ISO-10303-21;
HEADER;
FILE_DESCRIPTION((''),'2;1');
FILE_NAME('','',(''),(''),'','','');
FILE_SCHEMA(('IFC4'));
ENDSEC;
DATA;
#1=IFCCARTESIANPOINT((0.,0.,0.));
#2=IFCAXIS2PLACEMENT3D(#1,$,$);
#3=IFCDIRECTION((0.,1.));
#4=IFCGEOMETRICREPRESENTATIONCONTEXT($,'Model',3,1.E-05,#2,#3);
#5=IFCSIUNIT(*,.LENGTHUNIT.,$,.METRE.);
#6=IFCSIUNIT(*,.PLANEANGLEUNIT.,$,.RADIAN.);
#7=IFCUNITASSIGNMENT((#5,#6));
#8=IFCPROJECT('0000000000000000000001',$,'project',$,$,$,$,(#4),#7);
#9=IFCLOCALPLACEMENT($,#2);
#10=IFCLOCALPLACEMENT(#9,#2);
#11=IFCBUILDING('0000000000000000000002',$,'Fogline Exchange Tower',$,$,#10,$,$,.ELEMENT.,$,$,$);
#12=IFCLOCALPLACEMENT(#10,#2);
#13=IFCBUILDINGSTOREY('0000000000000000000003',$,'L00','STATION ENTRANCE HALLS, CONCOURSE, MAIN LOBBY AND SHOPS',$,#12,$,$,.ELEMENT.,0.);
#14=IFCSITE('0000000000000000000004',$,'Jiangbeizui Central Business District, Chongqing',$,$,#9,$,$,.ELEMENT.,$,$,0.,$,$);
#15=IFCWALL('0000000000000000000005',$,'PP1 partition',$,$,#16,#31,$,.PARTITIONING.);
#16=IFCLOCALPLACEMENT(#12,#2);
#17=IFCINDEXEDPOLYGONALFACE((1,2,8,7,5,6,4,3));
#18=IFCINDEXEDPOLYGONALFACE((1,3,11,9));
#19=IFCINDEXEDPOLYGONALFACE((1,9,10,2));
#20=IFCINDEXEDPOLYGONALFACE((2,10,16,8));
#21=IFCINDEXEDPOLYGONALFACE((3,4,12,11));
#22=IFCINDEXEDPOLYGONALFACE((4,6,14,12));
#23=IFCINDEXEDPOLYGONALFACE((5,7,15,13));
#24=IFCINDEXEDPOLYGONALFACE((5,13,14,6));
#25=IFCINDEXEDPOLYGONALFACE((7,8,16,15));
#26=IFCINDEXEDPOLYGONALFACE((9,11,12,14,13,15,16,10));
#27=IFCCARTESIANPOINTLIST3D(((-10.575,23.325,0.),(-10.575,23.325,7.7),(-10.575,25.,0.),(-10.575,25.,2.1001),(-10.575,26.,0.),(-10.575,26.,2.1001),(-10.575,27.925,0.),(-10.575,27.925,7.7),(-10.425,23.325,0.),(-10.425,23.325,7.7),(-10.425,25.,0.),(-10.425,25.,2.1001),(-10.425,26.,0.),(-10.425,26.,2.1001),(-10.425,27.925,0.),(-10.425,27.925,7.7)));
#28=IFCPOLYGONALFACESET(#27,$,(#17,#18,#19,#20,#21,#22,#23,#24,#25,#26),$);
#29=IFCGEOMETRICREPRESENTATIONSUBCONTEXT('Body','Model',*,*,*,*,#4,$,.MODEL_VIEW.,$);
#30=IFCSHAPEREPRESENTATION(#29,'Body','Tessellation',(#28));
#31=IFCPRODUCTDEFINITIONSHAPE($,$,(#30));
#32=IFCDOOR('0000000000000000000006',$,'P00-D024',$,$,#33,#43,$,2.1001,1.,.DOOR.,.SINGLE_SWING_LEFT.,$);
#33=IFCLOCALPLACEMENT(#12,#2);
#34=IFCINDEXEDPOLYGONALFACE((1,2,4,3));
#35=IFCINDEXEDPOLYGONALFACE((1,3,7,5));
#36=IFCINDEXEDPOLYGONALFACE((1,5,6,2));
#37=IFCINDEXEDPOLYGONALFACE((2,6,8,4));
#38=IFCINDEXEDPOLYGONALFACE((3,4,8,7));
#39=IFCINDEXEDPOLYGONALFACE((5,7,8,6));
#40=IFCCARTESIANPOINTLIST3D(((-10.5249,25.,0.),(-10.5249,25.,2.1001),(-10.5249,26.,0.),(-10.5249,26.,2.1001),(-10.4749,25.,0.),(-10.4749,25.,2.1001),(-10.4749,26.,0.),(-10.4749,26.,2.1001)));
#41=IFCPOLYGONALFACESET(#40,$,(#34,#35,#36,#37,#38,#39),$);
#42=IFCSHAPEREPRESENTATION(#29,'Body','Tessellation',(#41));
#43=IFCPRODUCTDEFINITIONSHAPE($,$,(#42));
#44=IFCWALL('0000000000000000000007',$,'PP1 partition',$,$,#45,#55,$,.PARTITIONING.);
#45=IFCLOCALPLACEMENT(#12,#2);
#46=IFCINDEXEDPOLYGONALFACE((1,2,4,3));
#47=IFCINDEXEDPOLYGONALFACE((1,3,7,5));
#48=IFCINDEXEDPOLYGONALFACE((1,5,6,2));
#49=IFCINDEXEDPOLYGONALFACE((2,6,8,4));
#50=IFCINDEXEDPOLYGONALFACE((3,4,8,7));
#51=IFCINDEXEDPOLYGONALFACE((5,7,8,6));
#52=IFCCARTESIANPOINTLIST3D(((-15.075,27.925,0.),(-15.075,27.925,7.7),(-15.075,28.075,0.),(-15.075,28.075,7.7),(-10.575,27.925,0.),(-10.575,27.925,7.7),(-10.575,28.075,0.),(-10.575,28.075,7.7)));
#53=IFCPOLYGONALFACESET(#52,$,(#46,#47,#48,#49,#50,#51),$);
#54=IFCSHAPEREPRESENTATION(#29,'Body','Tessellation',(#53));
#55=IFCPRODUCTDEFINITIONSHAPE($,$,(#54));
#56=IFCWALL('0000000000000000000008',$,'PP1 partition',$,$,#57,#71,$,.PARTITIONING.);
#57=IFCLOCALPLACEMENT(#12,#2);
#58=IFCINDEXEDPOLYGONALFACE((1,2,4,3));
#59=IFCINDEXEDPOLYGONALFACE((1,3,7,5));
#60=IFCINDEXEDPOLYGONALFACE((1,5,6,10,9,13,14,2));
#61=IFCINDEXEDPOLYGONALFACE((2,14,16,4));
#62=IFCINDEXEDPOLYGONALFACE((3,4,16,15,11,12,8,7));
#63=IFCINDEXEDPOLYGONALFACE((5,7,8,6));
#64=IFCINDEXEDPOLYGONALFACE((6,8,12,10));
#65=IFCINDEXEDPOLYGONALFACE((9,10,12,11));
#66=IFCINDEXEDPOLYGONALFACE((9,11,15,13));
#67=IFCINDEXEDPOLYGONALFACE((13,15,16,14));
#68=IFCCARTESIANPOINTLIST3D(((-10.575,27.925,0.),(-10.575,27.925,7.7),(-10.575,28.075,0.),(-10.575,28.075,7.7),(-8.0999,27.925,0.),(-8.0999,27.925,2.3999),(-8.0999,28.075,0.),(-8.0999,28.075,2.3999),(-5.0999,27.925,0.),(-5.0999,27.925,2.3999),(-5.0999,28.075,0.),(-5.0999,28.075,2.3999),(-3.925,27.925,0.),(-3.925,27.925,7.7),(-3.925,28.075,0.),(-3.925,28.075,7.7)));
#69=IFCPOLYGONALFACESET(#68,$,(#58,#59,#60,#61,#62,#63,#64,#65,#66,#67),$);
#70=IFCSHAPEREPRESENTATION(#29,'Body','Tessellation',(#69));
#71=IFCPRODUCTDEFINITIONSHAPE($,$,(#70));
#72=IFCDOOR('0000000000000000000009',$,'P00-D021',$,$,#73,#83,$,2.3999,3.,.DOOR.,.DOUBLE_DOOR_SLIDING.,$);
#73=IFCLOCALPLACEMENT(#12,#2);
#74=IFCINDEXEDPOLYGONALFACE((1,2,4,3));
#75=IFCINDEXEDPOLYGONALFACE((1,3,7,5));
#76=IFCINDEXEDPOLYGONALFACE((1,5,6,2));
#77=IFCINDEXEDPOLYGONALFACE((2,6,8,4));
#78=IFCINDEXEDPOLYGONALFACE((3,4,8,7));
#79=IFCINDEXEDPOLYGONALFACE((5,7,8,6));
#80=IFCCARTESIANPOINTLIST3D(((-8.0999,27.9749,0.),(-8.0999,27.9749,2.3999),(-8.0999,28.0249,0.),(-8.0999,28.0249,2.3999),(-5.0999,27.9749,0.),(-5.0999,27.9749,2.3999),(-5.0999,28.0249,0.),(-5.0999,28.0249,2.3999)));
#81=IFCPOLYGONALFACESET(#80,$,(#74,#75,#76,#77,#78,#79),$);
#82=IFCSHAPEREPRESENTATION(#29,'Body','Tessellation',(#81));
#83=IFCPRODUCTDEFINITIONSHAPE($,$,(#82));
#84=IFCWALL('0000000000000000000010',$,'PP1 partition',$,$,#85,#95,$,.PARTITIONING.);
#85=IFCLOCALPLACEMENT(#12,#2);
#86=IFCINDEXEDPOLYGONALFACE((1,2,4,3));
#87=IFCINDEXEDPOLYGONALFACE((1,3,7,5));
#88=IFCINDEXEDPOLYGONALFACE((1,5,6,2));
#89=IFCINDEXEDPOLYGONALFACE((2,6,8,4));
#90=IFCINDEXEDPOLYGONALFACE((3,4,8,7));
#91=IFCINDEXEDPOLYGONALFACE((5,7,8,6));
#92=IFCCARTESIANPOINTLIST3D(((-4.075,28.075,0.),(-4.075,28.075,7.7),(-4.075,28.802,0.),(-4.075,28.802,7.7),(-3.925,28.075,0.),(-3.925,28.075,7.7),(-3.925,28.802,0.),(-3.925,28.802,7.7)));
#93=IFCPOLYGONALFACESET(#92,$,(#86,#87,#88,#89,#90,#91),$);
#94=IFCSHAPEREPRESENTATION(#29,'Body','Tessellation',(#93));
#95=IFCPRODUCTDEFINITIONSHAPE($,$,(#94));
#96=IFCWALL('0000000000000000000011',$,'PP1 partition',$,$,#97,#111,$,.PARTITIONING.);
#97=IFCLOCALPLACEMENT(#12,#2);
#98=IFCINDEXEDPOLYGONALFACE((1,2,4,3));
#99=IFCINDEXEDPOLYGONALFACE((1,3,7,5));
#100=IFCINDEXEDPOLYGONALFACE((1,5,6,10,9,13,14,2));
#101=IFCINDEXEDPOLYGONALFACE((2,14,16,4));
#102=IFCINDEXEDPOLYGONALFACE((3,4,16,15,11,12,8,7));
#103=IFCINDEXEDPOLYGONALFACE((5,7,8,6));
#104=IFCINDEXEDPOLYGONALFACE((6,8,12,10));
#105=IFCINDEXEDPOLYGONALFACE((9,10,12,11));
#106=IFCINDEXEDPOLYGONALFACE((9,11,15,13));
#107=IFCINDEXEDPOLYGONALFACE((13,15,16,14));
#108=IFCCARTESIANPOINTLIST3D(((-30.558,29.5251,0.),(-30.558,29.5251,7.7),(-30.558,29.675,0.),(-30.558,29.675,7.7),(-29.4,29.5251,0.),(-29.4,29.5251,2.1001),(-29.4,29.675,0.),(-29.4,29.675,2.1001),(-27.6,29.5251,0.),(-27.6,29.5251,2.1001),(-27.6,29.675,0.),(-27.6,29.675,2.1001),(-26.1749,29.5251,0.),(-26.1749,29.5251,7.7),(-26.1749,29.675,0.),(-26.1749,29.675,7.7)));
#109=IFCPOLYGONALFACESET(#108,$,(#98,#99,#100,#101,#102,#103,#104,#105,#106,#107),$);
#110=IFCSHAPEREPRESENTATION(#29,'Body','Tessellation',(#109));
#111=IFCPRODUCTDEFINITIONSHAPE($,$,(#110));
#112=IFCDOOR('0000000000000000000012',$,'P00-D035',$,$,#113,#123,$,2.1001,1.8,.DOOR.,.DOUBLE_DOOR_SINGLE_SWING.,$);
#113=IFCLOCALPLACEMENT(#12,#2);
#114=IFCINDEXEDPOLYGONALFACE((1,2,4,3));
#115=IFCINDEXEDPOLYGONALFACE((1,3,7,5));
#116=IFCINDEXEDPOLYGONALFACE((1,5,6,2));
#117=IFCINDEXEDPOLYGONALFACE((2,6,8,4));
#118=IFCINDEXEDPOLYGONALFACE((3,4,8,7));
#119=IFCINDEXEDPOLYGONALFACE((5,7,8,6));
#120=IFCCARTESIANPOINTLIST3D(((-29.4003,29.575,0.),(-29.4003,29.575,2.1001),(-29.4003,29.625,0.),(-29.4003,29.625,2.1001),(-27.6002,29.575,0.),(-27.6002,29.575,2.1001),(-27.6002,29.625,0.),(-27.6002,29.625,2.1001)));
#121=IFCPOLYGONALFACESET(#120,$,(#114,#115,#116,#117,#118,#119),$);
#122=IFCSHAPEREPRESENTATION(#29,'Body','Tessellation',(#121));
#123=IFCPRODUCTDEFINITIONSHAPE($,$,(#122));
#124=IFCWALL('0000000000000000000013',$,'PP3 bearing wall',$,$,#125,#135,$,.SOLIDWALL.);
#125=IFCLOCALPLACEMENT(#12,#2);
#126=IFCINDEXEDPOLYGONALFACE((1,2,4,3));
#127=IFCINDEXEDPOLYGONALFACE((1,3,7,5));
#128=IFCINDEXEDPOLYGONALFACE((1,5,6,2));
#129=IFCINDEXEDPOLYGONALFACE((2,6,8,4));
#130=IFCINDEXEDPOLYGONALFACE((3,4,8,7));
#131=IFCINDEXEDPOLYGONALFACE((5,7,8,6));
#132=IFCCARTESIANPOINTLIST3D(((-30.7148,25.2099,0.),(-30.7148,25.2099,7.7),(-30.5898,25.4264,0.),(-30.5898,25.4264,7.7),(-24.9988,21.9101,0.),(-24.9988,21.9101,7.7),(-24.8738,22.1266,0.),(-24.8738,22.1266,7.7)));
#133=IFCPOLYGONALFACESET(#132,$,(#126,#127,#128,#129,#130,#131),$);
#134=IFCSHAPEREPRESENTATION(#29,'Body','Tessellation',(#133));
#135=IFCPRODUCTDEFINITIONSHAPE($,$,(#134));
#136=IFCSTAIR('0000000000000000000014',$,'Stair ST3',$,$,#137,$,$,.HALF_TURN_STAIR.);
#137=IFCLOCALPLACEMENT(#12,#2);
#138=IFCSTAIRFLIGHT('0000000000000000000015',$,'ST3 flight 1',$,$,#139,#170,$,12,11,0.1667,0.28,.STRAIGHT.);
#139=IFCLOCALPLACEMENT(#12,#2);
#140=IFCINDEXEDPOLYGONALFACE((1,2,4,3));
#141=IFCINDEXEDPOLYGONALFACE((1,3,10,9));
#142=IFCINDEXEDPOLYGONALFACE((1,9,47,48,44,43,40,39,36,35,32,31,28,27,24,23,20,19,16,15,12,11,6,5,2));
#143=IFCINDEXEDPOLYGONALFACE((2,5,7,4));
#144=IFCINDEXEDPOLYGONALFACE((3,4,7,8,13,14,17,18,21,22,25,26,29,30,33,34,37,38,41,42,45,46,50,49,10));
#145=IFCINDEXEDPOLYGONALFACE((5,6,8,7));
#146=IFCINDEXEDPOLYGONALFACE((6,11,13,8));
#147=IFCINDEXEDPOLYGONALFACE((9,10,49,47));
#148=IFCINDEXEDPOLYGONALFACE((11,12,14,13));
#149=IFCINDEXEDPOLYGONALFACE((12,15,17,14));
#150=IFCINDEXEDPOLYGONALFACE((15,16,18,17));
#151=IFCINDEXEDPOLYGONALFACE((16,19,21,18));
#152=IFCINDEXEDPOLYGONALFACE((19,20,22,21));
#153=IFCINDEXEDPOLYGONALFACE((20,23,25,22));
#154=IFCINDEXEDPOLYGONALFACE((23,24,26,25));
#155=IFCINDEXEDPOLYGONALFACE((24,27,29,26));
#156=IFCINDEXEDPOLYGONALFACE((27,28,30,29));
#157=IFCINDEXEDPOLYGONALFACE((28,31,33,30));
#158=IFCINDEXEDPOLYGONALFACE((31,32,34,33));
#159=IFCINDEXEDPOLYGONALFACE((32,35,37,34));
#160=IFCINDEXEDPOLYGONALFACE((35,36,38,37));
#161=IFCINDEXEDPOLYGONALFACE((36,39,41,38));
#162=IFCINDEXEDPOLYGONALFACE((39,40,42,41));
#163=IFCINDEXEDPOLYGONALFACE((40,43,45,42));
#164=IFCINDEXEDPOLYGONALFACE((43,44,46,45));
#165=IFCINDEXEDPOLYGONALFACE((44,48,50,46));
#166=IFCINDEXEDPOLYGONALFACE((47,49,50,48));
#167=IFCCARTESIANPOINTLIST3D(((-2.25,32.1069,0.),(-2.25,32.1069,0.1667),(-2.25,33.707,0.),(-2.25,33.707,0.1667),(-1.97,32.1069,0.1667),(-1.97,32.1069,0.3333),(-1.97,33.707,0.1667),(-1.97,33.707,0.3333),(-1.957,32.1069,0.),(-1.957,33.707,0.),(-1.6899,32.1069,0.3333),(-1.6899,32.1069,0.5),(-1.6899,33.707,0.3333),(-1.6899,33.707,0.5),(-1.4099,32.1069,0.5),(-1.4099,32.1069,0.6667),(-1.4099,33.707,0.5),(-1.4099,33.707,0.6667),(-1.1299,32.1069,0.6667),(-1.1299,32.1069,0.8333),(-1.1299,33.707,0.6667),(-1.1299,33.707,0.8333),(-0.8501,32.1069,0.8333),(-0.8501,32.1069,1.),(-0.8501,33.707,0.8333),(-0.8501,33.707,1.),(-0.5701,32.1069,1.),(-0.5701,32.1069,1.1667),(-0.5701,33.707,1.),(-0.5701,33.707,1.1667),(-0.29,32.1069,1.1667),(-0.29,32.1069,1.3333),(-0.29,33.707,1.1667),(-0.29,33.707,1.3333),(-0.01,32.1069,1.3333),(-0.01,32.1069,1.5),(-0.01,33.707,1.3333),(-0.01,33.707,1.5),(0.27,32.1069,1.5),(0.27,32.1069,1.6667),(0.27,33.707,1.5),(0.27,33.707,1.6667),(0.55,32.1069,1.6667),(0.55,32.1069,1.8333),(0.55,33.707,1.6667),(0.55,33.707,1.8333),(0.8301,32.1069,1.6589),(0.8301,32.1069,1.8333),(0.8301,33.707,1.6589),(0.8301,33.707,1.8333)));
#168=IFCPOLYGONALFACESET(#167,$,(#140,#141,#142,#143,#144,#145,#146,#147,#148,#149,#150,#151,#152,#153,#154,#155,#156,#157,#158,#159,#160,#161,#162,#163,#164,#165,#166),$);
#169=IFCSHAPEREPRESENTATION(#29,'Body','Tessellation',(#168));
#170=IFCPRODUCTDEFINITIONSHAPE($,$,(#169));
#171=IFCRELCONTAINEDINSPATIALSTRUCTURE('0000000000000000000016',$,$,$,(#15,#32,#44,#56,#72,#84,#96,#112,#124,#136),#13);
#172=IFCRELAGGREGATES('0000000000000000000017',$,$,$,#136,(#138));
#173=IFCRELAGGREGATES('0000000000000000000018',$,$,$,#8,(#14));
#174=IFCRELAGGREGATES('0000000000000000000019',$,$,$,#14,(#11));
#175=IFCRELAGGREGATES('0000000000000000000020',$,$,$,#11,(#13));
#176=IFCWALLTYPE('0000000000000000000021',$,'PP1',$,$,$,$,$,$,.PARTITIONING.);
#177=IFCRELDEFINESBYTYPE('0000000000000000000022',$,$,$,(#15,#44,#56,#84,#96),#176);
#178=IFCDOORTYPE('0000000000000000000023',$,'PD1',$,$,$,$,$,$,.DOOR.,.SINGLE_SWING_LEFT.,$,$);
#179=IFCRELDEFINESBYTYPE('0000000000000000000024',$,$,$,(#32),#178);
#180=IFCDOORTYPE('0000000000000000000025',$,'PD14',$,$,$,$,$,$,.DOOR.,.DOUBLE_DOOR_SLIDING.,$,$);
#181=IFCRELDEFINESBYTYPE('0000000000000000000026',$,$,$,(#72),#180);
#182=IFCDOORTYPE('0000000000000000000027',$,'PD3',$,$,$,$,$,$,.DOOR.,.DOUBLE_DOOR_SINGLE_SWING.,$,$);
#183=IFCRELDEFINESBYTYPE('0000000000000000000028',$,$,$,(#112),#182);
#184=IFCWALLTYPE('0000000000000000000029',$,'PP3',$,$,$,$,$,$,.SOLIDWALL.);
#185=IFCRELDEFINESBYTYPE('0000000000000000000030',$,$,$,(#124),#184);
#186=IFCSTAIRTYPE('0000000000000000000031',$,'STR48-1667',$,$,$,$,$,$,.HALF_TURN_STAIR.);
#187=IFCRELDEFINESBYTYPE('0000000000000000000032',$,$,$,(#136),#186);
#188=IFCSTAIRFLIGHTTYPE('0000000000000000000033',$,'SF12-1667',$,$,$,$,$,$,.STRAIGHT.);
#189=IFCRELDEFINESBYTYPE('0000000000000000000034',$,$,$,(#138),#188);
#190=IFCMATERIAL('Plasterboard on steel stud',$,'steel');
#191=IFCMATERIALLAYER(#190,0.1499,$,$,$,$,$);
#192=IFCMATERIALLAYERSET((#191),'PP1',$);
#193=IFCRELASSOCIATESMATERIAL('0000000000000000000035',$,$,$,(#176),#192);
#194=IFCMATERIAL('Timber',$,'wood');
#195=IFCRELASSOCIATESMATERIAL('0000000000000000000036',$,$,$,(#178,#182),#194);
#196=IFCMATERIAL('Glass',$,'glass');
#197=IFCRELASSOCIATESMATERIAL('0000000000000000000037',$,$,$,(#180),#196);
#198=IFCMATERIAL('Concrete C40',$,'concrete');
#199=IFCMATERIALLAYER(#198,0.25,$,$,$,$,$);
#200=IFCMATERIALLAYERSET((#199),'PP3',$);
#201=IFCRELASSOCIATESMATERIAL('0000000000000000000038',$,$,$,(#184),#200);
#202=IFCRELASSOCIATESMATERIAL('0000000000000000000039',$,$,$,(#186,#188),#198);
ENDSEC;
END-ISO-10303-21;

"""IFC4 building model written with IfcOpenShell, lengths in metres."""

from ifc_helpers import new_model, si_unit, direction, frame, frame_2d, origin, place, context, subcontext, project, spatial, polyline, rectangle, outline, extrude, material, layer, layer_set, type_object, element, fill, aggregate, save


model = new_model("IFC4")

# Units and contexts
model_context = context("Model", 3, precision=1e-05, world=origin(), true_north=direction((0.0, 1.0)))
body_context = subcontext(model_context, "Body", "Model", "MODEL_VIEW")
ifc_project = project(units=[si_unit("LENGTHUNIT", "METRE"), si_unit("PLANEANGLEUNIT", "RADIAN")], contexts=[model_context])

# Site, building, storey
site_placement = place(None, origin())
site = spatial("IfcSite", under=ifc_project, at=site_placement, Name="Jiangbeizui Central Business District, Chongqing", CompositionType="ELEMENT", RefElevation=0.0)
building_placement = place(site_placement, origin())
building = spatial("IfcBuilding", under=site, at=building_placement, Name="Fogline Exchange Tower", CompositionType="ELEMENT")
storey_placement = place(building_placement, origin())
storey = spatial("IfcBuildingStorey", under=building, at=storey_placement, Name="L00", Description="STATION ENTRANCE HALLS, CONCOURSE, MAIN LOBBY AND SHOPS", CompositionType="ELEMENT", Elevation=0.0)

# Shared definitions
ifc_material_1 = material(Name="Concrete C40", Category="concrete")

# Wall, opening, door
ifc_material_2 = material(Name="Plasterboard on steel stud", Category="steel")
ifc_layer_1 = layer(ifc_material_2, 0.1499)
ifc_layer_set_1 = layer_set([ifc_layer_1], Name="PP1")
wall_type_1 = type_object("IfcWallType", Name="PP1", PredefinedType="PARTITIONING", material=ifc_layer_set_1)
wall_1_placement = place(storey_placement, frame((-10.5, 27.925, 0.0), z_axis=(0.0, 0.0, 1.0), x_axis=(0.0, -1.0, 0.0)))
wall_1 = element("IfcWall", 1, at=wall_1_placement, inside=storey, type_object=wall_type_1, Name="PP1 partition", PredefinedType="PARTITIONING", context=body_context, shape_type="SweptSolid", body=[
    extrude(rectangle(XDim=4.6001, YDim=0.1499, at=frame_2d((2.3, 0.0))), origin(), (0.0, 0.0, 1.0), 7.7),
])
opening_1_placement = place(wall_1_placement, frame((1.925, 0.0, 0.0)))
opening_1 = element("IfcOpeningElement", 2, at=opening_1_placement, cuts=wall_1, PredefinedType="OPENING", context=body_context, shape_type="SweptSolid", body=[
    extrude(rectangle(XDim=1.0, YDim=2.1001, at=frame_2d((0.5, 1.05))), frame((0.0, 0.085, 0.0), z_axis=(0.0, -1.0, 0.0), x_axis=(1.0, 0.0, 0.0)), (0.0, 0.0, 1.0), 0.1699),
])
ifc_material_3 = material(Name="Timber", Category="wood")
door_type_1 = type_object("IfcDoorType", Name="PD1", OperationType="SINGLE_SWING_LEFT", PredefinedType="DOOR", material=ifc_material_3)
door_1_placement = place(opening_1_placement, frame((1.0, 0.0, 0.0), z_axis=(0.0, 0.0, 1.0), x_axis=(-1.0, 0.0, 0.0)))
door_1 = element("IfcDoor", 3, at=door_1_placement, inside=storey, type_object=door_type_1, Name="P00-D024", OperationType="SINGLE_SWING_LEFT", OverallHeight=2.1001, OverallWidth=1.0, PredefinedType="DOOR", context=body_context, shape_type="SweptSolid", body=[
    extrude(rectangle(XDim=1.0, YDim=2.1001, at=frame_2d((0.5, 1.05))), frame((0.0, 0.0249, 0.0), z_axis=(0.0, -1.0, 0.0), x_axis=(1.0, 0.0, 0.0)), (0.0, 0.0, 1.0), 0.05),
])
fill(opening_1, door_1)

# Wall
wall_2_placement = place(storey_placement, frame((-15.075, 28.0, 0.0), z_axis=(0.0, 0.0, 1.0), x_axis=(1.0, 0.0, 0.0)))
element("IfcWall", 4, at=wall_2_placement, inside=storey, type_object=wall_type_1, Name="PP1 partition", PredefinedType="PARTITIONING", context=body_context, shape_type="SweptSolid", body=[
    extrude(rectangle(XDim=4.5, YDim=0.1499, at=frame_2d((2.25, 0.0))), origin(), (0.0, 0.0, 1.0), 7.7),
])

# Wall, opening, door
wall_3_placement = place(storey_placement, frame((-10.575, 28.0, 0.0), z_axis=(0.0, 0.0, 1.0), x_axis=(1.0, 0.0, 0.0)))
wall_3 = element("IfcWall", 5, at=wall_3_placement, inside=storey, type_object=wall_type_1, Name="PP1 partition", PredefinedType="PARTITIONING", context=body_context, shape_type="SweptSolid", body=[
    extrude(rectangle(XDim=6.6499, YDim=0.1499, at=frame_2d((3.325, 0.0))), origin(), (0.0, 0.0, 1.0), 7.7),
])
opening_2_placement = place(wall_3_placement, frame((2.4751, 0.0, 0.0)))
opening_2 = element("IfcOpeningElement", 6, at=opening_2_placement, cuts=wall_3, PredefinedType="OPENING", context=body_context, shape_type="SweptSolid", body=[
    extrude(rectangle(XDim=3.0, YDim=2.3999, at=frame_2d((1.5, 1.2))), frame((0.0, 0.085, 0.0), z_axis=(0.0, -1.0, 0.0), x_axis=(1.0, 0.0, 0.0)), (0.0, 0.0, 1.0), 0.1699),
])
ifc_material_4 = material(Name="Glass", Category="glass")
door_type_2 = type_object("IfcDoorType", Name="PD14", OperationType="DOUBLE_DOOR_SLIDING", PredefinedType="DOOR", material=ifc_material_4)
door_2_placement = place(opening_2_placement, origin())
door_2 = element("IfcDoor", 7, at=door_2_placement, inside=storey, type_object=door_type_2, Name="P00-D021", OperationType="DOUBLE_DOOR_SLIDING", OverallHeight=2.3999, OverallWidth=3.0, PredefinedType="DOOR", context=body_context, shape_type="SweptSolid", body=[
    extrude(rectangle(XDim=3.0, YDim=2.3999, at=frame_2d((1.5, 1.2))), frame((0.0, 0.0249, 0.0), z_axis=(0.0, -1.0, 0.0), x_axis=(1.0, 0.0, 0.0)), (0.0, 0.0, 1.0), 0.05),
])
fill(opening_2, door_2)

# Wall
wall_4_placement = place(storey_placement, frame((-4.0, 28.075, 0.0), z_axis=(0.0, 0.0, 1.0), x_axis=(0.0, 1.0, 0.0)))
element("IfcWall", 8, at=wall_4_placement, inside=storey, type_object=wall_type_1, Name="PP1 partition", PredefinedType="PARTITIONING", context=body_context, shape_type="SweptSolid", body=[
    extrude(rectangle(XDim=0.7271, YDim=0.1499, at=frame_2d((0.3635, 0.0))), origin(), (0.0, 0.0, 1.0), 7.7),
])

# Wall, opening, door
wall_5_placement = place(storey_placement, frame((-26.175, 29.6001, 0.0), z_axis=(0.0, 0.0, 1.0), x_axis=(-1.0, 0.0, 0.0)))
wall_5 = element("IfcWall", 9, at=wall_5_placement, inside=storey, type_object=wall_type_1, Name="PP1 partition", PredefinedType="PARTITIONING", context=body_context, shape_type="SweptSolid", body=[
    extrude(rectangle(XDim=4.3831, YDim=0.1499, at=frame_2d((2.1914, 0.0))), origin(), (0.0, 0.0, 1.0), 7.7),
])
opening_3_placement = place(wall_5_placement, frame((1.425, 0.0, 0.0)))
opening_3 = element("IfcOpeningElement", 10, at=opening_3_placement, cuts=wall_5, PredefinedType="OPENING", context=body_context, shape_type="SweptSolid", body=[
    extrude(rectangle(XDim=1.8, YDim=2.1001, at=frame_2d((0.8999, 1.05))), frame((0.0, 0.085, 0.0), z_axis=(0.0, -1.0, 0.0), x_axis=(1.0, 0.0, 0.0)), (0.0, 0.0, 1.0), 0.1699),
])
door_type_3 = type_object("IfcDoorType", Name="PD3", OperationType="DOUBLE_DOOR_SINGLE_SWING", PredefinedType="DOOR", material=ifc_material_3)
door_3_placement = place(opening_3_placement, frame((1.8, 0.0, 0.0), z_axis=(0.0, 0.0, 1.0), x_axis=(-1.0, 0.0, 0.0)))
door_3 = element("IfcDoor", 11, at=door_3_placement, inside=storey, type_object=door_type_3, Name="P00-D035", OperationType="DOUBLE_DOOR_SINGLE_SWING", OverallHeight=2.1001, OverallWidth=1.8, PredefinedType="DOOR", context=body_context, shape_type="SweptSolid", body=[
    extrude(rectangle(XDim=1.8, YDim=2.1001, at=frame_2d((0.8999, 1.05))), frame((0.0, 0.0249, 0.0), z_axis=(0.0, -1.0, 0.0), x_axis=(1.0, 0.0, 0.0)), (0.0, 0.0, 1.0), 0.05),
])
fill(opening_3, door_3)

# Wall
ifc_layer_2 = layer(ifc_material_1, 0.25)
ifc_layer_set_2 = layer_set([ifc_layer_2], Name="PP3")
wall_type_2 = type_object("IfcWallType", Name="PP3", PredefinedType="SOLIDWALL", material=ifc_layer_set_2)
wall_6_placement = place(storey_placement, frame((-30.6523, 25.3181, 0.0), z_axis=(0.0, 0.0, 1.0), x_axis=(0.866049, -0.499958, 0.0)))
element("IfcWall", 12, at=wall_6_placement, inside=storey, type_object=wall_type_2, Name="PP3 bearing wall", PredefinedType="SOLIDWALL", context=body_context, shape_type="SweptSolid", body=[
    extrude(rectangle(XDim=6.6001, YDim=0.25, at=frame_2d((3.3, 0.0))), origin(), (0.0, 0.0, 1.0), 7.7),
])

# Stair, stair flight
stair_type = type_object("IfcStairType", Name="STR48-1667", PredefinedType="HALF_TURN_STAIR", material=ifc_material_1)
stair_placement = place(storey_placement, origin())
stair = element("IfcStair", 13, at=stair_placement, inside=storey, type_object=stair_type, Name="Stair ST3", PredefinedType="HALF_TURN_STAIR")
stair_flight_type = type_object("IfcStairFlightType", Name="SF12-1667", PredefinedType="STRAIGHT", material=ifc_material_1)
stair_flight_placement = place(storey_placement, frame((-2.25, 32.907, 0.0), z_axis=(0.0, 0.0, 1.0), x_axis=(1.0, 0.0, 0.0)))
stair_flight = element("IfcStairFlight", 14, at=stair_flight_placement, type_object=stair_flight_type, Name="ST3 flight 1", NumberOfRisers=12, NumberOfTreads=11, PredefinedType="STRAIGHT", RiserHeight=0.1667, TreadLength=0.28, context=body_context, shape_type="SweptSolid", body=[
    extrude(outline(polyline([(0.0, 0.0), (0.0, 0.1667), (0.28, 0.1667), (0.28, 0.3333), (0.5601, 0.3333), (0.5601, 0.5), (0.8401, 0.5), (0.8401, 0.6667), (1.1201, 0.6667), (1.1201, 0.8333), (1.3999, 0.8333), (1.3999, 1.0), (1.6799, 1.0), (1.6799, 1.1667), (1.96, 1.1667), (1.96, 1.3333), (2.24, 1.3333), (2.24, 1.5), (2.52, 1.5), (2.52, 1.6667), (2.8, 1.6667), (2.8, 1.8333), (3.0801, 1.8333), (3.0801, 2.0), (3.0801, 1.6589), (0.293, 0.0), (0.0, 0.0)])), frame((0.0, 0.8, 0.0), z_axis=(0.0, -1.0, 0.0), x_axis=(1.0, 0.0, 0.0)), (0.0, 0.0, 1.0), 1.6001),
])
aggregate(stair, [stair_flight])

save(model, "model.ifc")
